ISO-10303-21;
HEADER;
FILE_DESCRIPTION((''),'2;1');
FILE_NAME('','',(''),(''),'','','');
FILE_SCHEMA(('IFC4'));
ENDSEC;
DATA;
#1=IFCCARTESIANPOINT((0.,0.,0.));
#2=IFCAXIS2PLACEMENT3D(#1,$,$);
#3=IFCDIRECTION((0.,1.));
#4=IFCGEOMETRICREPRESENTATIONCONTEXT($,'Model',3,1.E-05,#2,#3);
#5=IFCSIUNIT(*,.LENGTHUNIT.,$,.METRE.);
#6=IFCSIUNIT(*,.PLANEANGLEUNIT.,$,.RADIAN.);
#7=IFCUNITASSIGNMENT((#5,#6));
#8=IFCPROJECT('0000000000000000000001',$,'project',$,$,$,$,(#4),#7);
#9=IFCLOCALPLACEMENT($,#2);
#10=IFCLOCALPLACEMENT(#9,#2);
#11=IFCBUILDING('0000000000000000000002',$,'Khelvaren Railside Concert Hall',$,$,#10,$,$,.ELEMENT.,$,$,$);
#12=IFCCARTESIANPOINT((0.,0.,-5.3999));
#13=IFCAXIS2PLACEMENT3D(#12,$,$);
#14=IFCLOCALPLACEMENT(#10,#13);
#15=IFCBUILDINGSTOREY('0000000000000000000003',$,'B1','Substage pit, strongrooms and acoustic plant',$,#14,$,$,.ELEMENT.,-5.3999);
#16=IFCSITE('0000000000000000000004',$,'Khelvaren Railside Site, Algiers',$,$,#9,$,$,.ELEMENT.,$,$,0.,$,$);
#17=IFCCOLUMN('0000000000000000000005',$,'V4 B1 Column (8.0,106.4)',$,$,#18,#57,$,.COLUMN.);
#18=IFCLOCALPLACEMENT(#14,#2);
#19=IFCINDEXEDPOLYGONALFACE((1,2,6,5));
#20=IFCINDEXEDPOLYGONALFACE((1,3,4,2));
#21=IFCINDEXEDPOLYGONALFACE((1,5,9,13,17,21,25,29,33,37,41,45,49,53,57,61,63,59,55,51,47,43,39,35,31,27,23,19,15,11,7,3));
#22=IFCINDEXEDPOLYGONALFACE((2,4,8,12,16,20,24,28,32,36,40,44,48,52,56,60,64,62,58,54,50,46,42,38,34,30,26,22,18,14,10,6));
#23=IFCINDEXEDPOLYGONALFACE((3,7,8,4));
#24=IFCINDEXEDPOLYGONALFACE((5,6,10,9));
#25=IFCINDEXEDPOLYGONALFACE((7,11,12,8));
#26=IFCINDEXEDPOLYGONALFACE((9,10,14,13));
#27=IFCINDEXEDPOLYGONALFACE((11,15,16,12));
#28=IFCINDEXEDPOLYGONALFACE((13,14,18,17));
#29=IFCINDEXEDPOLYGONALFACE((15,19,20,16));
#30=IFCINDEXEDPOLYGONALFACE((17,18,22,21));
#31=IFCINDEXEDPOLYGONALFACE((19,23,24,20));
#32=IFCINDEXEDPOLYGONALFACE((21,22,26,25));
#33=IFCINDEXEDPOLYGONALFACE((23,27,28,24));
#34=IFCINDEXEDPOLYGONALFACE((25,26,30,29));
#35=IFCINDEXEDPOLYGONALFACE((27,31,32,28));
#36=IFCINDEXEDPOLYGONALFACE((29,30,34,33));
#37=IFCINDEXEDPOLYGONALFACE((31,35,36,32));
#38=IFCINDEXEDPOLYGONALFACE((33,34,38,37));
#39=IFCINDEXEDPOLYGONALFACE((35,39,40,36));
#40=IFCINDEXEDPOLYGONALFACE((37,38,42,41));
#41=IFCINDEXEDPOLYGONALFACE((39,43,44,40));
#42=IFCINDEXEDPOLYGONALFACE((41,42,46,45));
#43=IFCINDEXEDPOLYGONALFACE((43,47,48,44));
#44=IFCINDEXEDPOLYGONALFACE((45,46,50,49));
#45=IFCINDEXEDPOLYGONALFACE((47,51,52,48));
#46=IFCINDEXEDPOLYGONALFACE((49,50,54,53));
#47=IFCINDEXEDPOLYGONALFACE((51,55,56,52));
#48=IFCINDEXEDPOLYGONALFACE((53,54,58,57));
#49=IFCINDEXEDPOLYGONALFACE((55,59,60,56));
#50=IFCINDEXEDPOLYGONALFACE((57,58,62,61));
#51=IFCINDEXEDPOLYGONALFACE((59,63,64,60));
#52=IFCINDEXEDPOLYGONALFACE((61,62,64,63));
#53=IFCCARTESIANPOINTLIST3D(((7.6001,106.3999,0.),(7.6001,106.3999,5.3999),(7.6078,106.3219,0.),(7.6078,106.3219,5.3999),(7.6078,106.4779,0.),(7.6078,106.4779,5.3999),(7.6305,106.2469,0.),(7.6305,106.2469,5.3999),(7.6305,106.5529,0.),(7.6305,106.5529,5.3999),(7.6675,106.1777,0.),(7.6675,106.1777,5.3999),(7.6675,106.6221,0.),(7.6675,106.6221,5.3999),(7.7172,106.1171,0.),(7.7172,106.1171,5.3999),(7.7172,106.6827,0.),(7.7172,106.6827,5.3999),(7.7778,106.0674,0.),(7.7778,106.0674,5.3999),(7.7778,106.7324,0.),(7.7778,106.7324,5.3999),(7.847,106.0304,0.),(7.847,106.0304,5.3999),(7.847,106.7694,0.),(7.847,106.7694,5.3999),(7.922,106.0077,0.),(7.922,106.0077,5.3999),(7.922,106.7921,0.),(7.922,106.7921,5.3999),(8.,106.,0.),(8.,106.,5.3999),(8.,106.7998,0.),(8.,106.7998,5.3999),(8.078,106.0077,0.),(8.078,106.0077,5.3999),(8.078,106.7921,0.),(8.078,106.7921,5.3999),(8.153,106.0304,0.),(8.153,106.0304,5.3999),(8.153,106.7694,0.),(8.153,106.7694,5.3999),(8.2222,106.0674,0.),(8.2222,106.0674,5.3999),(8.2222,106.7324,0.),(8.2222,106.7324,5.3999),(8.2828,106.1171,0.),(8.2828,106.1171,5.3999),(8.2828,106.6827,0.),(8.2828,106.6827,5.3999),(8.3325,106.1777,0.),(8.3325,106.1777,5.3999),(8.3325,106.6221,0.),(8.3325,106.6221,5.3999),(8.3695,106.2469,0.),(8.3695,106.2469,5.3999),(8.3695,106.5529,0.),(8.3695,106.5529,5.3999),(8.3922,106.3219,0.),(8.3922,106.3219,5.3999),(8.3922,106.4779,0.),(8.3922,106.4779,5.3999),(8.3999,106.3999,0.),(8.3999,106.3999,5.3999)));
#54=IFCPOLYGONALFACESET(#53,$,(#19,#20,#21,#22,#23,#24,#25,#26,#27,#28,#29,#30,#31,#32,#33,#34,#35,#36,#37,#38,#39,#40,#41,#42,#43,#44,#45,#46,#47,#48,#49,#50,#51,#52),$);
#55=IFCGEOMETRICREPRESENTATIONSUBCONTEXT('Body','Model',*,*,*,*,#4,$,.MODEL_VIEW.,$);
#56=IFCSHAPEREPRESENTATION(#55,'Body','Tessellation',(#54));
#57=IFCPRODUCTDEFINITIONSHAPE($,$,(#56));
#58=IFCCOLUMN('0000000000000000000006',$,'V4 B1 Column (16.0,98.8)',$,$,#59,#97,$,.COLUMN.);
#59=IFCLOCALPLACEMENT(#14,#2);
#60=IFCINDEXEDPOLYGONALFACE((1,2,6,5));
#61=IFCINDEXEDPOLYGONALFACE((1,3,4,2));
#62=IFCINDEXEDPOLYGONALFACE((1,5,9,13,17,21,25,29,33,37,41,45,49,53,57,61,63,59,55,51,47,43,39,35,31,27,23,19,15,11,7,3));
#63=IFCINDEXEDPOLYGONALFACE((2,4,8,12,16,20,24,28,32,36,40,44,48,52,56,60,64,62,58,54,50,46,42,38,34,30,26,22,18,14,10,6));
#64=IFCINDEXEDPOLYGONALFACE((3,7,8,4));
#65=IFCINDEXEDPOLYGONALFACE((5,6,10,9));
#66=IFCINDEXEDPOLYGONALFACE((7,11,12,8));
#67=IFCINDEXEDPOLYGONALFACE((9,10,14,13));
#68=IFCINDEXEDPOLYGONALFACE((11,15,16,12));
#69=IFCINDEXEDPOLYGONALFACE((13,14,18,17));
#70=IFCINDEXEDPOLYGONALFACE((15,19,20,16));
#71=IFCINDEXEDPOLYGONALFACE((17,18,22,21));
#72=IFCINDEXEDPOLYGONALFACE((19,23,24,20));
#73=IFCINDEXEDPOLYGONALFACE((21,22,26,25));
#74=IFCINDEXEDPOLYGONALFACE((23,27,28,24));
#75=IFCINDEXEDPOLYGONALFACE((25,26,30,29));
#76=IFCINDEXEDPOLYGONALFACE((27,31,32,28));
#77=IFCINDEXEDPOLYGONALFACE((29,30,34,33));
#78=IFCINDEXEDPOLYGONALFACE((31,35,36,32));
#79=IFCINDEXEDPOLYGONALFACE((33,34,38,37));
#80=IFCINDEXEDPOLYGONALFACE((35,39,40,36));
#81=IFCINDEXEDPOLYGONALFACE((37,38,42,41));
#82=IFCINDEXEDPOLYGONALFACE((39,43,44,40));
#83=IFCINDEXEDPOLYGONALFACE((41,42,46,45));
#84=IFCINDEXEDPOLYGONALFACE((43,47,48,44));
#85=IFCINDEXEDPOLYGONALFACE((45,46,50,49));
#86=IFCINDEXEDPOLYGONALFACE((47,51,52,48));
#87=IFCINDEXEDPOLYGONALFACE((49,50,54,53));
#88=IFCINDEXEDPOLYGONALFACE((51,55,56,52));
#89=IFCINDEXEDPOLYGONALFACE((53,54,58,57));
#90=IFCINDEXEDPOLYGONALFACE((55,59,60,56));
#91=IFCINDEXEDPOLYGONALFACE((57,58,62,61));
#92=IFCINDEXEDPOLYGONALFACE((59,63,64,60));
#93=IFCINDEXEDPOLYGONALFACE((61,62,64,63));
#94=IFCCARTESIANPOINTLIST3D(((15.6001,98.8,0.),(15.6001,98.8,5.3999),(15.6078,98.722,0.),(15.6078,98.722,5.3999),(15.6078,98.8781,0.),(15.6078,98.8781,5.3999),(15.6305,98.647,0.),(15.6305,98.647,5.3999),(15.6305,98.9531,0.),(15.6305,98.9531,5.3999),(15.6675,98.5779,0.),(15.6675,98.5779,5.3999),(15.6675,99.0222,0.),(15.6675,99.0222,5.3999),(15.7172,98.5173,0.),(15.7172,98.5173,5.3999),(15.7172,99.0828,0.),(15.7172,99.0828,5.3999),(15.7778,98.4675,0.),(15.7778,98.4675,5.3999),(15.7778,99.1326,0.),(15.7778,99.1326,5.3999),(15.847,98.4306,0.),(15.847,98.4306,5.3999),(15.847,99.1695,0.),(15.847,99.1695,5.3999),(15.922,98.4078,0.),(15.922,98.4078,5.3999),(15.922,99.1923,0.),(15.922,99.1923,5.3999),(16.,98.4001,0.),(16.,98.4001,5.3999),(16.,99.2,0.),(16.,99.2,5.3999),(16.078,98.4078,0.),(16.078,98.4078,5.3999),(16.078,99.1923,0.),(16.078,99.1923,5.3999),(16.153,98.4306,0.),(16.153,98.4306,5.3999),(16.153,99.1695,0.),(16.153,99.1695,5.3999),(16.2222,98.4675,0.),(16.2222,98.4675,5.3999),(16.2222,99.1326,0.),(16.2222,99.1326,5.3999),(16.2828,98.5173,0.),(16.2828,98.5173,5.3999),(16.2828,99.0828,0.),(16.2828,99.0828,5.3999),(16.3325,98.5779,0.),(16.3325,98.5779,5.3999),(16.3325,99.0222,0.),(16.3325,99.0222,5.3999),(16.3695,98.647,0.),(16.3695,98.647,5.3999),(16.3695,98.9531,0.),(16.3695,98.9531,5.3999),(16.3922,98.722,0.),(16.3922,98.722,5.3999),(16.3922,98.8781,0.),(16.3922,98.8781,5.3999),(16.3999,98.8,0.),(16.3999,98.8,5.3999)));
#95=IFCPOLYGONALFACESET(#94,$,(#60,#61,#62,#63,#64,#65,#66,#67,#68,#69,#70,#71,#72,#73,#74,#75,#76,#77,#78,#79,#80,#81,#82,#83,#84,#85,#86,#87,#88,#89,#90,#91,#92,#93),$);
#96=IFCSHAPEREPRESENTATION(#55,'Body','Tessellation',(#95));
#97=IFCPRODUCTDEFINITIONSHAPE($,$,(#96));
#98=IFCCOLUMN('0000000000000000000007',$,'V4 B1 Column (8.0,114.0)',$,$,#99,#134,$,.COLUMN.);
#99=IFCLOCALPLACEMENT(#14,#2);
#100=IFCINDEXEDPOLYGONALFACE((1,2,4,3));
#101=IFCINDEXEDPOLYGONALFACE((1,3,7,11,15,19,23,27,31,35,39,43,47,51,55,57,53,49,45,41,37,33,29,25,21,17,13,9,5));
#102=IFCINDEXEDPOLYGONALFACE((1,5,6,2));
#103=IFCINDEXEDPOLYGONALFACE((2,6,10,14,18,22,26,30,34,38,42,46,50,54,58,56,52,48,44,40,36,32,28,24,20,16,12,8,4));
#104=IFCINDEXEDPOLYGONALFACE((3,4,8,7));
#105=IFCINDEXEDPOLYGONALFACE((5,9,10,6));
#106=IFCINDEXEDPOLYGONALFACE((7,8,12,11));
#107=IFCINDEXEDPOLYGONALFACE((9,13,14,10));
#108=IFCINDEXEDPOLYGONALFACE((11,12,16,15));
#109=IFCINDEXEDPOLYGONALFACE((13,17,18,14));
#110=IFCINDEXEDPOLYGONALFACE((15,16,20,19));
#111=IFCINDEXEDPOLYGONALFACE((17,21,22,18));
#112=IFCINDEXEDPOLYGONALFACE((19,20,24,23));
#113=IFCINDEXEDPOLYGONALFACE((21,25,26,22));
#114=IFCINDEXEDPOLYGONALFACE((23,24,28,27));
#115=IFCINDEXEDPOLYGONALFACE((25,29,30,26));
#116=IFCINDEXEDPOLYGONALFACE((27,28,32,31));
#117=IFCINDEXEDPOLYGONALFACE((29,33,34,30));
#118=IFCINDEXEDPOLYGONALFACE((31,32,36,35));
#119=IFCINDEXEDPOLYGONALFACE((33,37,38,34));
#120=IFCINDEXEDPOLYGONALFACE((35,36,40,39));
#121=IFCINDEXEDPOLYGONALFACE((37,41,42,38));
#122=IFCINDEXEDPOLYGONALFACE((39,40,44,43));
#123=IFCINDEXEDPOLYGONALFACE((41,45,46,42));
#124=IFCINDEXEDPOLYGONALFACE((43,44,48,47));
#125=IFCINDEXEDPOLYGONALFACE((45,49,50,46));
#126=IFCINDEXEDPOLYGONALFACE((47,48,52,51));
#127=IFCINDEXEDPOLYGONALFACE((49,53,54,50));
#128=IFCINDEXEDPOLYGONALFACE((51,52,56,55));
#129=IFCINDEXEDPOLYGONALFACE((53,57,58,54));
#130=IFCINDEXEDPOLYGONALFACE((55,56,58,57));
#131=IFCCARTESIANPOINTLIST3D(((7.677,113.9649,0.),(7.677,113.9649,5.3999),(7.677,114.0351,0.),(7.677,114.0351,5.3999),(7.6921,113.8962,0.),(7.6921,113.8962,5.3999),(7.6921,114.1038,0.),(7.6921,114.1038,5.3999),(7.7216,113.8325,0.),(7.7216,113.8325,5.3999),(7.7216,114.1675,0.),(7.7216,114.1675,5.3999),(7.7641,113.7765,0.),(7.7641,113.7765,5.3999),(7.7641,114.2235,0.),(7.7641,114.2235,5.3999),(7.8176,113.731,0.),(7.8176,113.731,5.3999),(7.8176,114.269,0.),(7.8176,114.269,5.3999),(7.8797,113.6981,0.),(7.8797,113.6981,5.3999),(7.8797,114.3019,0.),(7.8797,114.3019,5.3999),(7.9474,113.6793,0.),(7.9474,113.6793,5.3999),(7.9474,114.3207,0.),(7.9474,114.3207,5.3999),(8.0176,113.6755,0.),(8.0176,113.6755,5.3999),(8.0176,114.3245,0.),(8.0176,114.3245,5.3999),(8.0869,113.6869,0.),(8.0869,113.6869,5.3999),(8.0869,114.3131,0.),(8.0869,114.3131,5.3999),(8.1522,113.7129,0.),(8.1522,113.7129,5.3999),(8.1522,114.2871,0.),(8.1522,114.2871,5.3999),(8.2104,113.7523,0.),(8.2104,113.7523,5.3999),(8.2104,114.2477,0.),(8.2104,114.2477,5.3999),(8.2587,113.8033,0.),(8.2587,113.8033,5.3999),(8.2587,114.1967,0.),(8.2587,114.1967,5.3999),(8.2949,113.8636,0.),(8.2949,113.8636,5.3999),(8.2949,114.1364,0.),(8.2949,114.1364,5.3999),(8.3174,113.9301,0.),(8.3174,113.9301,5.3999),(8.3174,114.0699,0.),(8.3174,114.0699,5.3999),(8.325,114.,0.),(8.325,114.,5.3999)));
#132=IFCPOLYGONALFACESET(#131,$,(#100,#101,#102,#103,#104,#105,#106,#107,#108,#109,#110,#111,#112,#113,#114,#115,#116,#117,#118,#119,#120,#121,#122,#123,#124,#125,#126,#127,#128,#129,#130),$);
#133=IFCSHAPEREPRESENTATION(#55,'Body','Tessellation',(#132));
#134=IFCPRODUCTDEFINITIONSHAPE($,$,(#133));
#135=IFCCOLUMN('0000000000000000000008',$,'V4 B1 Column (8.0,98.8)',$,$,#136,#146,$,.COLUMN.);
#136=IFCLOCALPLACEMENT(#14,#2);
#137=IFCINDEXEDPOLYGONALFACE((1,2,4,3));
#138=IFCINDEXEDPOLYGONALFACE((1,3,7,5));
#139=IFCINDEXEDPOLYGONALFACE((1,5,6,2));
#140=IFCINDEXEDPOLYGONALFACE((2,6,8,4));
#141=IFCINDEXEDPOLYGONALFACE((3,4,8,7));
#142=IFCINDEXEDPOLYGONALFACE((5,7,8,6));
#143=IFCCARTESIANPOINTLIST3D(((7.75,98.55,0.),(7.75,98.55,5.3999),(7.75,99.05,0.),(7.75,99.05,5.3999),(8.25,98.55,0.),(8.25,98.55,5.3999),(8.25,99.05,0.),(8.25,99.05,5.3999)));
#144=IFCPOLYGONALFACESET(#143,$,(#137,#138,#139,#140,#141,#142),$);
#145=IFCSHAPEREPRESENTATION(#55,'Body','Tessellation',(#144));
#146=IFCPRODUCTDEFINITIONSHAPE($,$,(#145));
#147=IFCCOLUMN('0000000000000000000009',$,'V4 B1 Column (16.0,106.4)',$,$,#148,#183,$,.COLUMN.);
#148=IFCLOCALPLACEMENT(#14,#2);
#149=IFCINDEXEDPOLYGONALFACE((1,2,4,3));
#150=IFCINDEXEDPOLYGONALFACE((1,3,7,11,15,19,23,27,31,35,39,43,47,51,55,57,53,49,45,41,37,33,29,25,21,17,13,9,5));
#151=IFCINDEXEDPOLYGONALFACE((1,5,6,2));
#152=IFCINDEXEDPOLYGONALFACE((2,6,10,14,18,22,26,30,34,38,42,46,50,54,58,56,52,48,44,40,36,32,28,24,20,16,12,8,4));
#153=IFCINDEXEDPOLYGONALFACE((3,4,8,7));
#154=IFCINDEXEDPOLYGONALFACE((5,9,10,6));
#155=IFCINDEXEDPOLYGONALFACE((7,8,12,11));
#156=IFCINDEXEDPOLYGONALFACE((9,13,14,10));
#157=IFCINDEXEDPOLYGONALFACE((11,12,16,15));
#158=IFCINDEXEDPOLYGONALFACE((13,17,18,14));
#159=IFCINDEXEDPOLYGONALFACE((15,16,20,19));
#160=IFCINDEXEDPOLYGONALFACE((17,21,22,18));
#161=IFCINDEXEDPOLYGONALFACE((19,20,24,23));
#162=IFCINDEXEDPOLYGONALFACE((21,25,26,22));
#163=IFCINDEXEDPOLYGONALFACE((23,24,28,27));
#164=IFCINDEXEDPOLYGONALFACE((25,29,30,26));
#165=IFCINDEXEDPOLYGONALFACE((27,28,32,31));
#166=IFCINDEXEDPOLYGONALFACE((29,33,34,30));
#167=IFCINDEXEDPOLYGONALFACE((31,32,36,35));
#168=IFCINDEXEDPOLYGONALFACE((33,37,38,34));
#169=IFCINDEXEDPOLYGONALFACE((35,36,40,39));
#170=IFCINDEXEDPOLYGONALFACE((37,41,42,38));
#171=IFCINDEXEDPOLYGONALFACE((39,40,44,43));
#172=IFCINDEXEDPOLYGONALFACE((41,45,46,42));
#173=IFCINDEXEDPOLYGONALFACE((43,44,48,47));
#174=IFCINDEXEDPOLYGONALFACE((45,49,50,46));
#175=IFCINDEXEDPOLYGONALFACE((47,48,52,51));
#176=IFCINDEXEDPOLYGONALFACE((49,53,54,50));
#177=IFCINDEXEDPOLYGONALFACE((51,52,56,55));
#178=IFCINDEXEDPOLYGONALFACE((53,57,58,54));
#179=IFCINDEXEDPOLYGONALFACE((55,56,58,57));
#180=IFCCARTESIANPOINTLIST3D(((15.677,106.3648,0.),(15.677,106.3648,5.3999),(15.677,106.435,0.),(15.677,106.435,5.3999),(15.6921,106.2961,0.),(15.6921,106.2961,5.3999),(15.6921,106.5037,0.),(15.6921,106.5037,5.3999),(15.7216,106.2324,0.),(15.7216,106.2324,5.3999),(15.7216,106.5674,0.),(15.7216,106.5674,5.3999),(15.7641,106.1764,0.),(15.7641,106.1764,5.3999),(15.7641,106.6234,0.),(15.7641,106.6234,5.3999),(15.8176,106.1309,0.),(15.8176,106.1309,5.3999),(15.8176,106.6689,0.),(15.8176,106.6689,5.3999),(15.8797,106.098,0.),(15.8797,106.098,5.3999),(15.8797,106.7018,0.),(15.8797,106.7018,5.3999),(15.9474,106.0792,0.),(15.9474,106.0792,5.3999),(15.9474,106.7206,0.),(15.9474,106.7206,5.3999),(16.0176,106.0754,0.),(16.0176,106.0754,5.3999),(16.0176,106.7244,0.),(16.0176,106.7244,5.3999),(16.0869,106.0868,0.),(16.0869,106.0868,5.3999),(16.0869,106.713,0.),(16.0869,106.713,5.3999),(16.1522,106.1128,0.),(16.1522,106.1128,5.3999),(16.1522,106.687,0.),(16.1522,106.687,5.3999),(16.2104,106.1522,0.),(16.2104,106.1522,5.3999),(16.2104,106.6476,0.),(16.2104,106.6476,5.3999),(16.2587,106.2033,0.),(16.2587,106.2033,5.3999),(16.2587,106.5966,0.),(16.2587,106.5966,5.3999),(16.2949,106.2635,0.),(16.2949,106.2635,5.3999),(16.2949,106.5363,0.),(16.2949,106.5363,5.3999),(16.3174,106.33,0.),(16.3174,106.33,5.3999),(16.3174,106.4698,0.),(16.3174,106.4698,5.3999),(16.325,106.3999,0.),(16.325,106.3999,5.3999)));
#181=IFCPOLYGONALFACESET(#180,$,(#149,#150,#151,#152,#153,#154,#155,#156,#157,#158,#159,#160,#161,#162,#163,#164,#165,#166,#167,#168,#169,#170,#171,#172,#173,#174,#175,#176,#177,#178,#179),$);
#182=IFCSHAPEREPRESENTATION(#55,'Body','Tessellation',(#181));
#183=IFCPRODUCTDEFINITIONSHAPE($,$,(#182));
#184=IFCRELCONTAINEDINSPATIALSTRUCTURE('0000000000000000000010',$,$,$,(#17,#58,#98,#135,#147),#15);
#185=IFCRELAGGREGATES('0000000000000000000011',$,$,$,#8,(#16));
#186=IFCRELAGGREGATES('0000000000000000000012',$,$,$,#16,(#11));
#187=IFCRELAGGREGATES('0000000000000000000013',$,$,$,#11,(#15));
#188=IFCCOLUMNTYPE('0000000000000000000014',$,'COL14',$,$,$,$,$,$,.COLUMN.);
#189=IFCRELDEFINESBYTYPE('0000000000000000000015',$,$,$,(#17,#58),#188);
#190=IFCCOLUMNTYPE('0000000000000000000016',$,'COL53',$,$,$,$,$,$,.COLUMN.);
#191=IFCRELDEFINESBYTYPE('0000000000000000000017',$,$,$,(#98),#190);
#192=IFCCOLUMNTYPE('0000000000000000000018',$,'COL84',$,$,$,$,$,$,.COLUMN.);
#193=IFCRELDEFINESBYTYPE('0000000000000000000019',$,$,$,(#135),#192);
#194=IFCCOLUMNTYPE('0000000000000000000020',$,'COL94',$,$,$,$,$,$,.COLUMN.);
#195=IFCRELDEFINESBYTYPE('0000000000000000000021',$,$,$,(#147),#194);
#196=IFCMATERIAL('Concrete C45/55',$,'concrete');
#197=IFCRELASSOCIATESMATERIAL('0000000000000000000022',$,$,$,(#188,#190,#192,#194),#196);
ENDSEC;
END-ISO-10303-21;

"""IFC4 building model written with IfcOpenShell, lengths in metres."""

from ifc_helpers import new_model, si_unit, direction, frame, origin, origin_2d, place, context, subcontext, project, spatial, rectangle, circle, extrude, material, material_profile, profile_set, type_object, element, save


model = new_model("IFC4")

# Units and contexts
model_context = context("Model", 3, precision=1e-05, world=origin(), true_north=direction((0.0, 1.0)))
body_context = subcontext(model_context, "Body", "Model", "MODEL_VIEW")
ifc_project = project(units=[si_unit("LENGTHUNIT", "METRE"), si_unit("PLANEANGLEUNIT", "RADIAN")], contexts=[model_context])

# Site, building, storey
site_placement = place(None, origin())
site = spatial("IfcSite", under=ifc_project, at=site_placement, Name="Khelvaren Railside Site, Algiers", CompositionType="ELEMENT", RefElevation=0.0)
building_placement = place(site_placement, origin())
building = spatial("IfcBuilding", under=site, at=building_placement, Name="Khelvaren Railside Concert Hall", CompositionType="ELEMENT")
storey_placement = place(building_placement, frame((0.0, 0.0, -5.3999)))
storey = spatial("IfcBuildingStorey", under=building, at=storey_placement, Name="B1", Description="Substage pit, strongrooms and acoustic plant", CompositionType="ELEMENT", Elevation=-5.3999)

# Columns
ifc_material_1 = material(Name="Concrete C45/55", Category="concrete")
ifc_material_profile_1 = material_profile(ifc_material_1, circle(Radius=0.3999, at=origin_2d()), Name="RC D800")
ifc_profile_set_1 = profile_set([ifc_material_profile_1], Name="Concrete C45/55")
column_type_1 = type_object("IfcColumnType", Name="COL14", PredefinedType="COLUMN", material=ifc_profile_set_1)
for number, where, z_axis, x_axis, name in (
    (1, (8.0, 106.3999, 0.0), (0.0, 0.0, 1.0), (1.0, 0.0, 0.0), "V4 B1 Column (8.0,106.4)"),
    (2, (16.0, 98.8, 0.0), (0.0, 0.0, 1.0), (1.0, 0.0, 0.0), "V4 B1 Column (16.0,98.8)"),
):
    element("IfcColumn", number, at=place(storey_placement, frame(where, z_axis=z_axis, x_axis=x_axis)), inside=storey, type_object=column_type_1, Name=name, PredefinedType="COLUMN", context=body_context, shape_type="SweptSolid", body=[
        extrude(circle(Radius=0.3999, at=origin_2d()), origin(), (0.0, 0.0, 1.0), 5.3999),
    ])
ifc_material_profile_2 = material_profile(ifc_material_1, circle(Radius=0.325, at=origin_2d()), Name="RC D650")
ifc_profile_set_2 = profile_set([ifc_material_profile_2], Name="Concrete C45/55")
column_type_2 = type_object("IfcColumnType", Name="COL53", PredefinedType="COLUMN", material=ifc_profile_set_2)
column_1_placement = place(storey_placement, frame((8.0, 114.0, 0.0), z_axis=(0.0, 0.0, 1.0), x_axis=(1.0, 0.0, 0.0)))
element("IfcColumn", 3, at=column_1_placement, inside=storey, type_object=column_type_2, Name="V4 B1 Column (8.0,114.0)", PredefinedType="COLUMN", context=body_context, shape_type="SweptSolid", body=[
    extrude(circle(Radius=0.325, at=origin_2d()), origin(), (0.0, 0.0, 1.0), 5.3999),
])
ifc_material_profile_3 = material_profile(ifc_material_1, rectangle(XDim=0.5, YDim=0.5, at=origin_2d()), Name="RC 500x500")
ifc_profile_set_3 = profile_set([ifc_material_profile_3], Name="Concrete C45/55")
column_type_3 = type_object("IfcColumnType", Name="COL84", PredefinedType="COLUMN", material=ifc_profile_set_3)
column_2_placement = place(storey_placement, frame((8.0, 98.8, 0.0), z_axis=(0.0, 0.0, 1.0), x_axis=(1.0, 0.0, 0.0)))
element("IfcColumn", 4, at=column_2_placement, inside=storey, type_object=column_type_3, Name="V4 B1 Column (8.0,98.8)", PredefinedType="COLUMN", context=body_context, shape_type="SweptSolid", body=[
    extrude(rectangle(XDim=0.5, YDim=0.5, at=origin_2d()), origin(), (0.0, 0.0, 1.0), 5.3999),
])
ifc_material_profile_4 = material_profile(ifc_material_1, circle(Radius=0.325, at=origin_2d()), Name="RC D650")
ifc_profile_set_4 = profile_set([ifc_material_profile_4], Name="Concrete C45/55")
column_type_4 = type_object("IfcColumnType", Name="COL94", PredefinedType="COLUMN", material=ifc_profile_set_4)
column_3_placement = place(storey_placement, frame((16.0, 106.3999, 0.0), z_axis=(0.0, 0.0, 1.0), x_axis=(1.0, 0.0, 0.0)))
element("IfcColumn", 5, at=column_3_placement, inside=storey, type_object=column_type_4, Name="V4 B1 Column (16.0,106.4)", PredefinedType="COLUMN", context=body_context, shape_type="SweptSolid", body=[
    extrude(circle(Radius=0.325, at=origin_2d()), origin(), (0.0, 0.0, 1.0), 5.3999),
])

save(model, "model.ifc")
